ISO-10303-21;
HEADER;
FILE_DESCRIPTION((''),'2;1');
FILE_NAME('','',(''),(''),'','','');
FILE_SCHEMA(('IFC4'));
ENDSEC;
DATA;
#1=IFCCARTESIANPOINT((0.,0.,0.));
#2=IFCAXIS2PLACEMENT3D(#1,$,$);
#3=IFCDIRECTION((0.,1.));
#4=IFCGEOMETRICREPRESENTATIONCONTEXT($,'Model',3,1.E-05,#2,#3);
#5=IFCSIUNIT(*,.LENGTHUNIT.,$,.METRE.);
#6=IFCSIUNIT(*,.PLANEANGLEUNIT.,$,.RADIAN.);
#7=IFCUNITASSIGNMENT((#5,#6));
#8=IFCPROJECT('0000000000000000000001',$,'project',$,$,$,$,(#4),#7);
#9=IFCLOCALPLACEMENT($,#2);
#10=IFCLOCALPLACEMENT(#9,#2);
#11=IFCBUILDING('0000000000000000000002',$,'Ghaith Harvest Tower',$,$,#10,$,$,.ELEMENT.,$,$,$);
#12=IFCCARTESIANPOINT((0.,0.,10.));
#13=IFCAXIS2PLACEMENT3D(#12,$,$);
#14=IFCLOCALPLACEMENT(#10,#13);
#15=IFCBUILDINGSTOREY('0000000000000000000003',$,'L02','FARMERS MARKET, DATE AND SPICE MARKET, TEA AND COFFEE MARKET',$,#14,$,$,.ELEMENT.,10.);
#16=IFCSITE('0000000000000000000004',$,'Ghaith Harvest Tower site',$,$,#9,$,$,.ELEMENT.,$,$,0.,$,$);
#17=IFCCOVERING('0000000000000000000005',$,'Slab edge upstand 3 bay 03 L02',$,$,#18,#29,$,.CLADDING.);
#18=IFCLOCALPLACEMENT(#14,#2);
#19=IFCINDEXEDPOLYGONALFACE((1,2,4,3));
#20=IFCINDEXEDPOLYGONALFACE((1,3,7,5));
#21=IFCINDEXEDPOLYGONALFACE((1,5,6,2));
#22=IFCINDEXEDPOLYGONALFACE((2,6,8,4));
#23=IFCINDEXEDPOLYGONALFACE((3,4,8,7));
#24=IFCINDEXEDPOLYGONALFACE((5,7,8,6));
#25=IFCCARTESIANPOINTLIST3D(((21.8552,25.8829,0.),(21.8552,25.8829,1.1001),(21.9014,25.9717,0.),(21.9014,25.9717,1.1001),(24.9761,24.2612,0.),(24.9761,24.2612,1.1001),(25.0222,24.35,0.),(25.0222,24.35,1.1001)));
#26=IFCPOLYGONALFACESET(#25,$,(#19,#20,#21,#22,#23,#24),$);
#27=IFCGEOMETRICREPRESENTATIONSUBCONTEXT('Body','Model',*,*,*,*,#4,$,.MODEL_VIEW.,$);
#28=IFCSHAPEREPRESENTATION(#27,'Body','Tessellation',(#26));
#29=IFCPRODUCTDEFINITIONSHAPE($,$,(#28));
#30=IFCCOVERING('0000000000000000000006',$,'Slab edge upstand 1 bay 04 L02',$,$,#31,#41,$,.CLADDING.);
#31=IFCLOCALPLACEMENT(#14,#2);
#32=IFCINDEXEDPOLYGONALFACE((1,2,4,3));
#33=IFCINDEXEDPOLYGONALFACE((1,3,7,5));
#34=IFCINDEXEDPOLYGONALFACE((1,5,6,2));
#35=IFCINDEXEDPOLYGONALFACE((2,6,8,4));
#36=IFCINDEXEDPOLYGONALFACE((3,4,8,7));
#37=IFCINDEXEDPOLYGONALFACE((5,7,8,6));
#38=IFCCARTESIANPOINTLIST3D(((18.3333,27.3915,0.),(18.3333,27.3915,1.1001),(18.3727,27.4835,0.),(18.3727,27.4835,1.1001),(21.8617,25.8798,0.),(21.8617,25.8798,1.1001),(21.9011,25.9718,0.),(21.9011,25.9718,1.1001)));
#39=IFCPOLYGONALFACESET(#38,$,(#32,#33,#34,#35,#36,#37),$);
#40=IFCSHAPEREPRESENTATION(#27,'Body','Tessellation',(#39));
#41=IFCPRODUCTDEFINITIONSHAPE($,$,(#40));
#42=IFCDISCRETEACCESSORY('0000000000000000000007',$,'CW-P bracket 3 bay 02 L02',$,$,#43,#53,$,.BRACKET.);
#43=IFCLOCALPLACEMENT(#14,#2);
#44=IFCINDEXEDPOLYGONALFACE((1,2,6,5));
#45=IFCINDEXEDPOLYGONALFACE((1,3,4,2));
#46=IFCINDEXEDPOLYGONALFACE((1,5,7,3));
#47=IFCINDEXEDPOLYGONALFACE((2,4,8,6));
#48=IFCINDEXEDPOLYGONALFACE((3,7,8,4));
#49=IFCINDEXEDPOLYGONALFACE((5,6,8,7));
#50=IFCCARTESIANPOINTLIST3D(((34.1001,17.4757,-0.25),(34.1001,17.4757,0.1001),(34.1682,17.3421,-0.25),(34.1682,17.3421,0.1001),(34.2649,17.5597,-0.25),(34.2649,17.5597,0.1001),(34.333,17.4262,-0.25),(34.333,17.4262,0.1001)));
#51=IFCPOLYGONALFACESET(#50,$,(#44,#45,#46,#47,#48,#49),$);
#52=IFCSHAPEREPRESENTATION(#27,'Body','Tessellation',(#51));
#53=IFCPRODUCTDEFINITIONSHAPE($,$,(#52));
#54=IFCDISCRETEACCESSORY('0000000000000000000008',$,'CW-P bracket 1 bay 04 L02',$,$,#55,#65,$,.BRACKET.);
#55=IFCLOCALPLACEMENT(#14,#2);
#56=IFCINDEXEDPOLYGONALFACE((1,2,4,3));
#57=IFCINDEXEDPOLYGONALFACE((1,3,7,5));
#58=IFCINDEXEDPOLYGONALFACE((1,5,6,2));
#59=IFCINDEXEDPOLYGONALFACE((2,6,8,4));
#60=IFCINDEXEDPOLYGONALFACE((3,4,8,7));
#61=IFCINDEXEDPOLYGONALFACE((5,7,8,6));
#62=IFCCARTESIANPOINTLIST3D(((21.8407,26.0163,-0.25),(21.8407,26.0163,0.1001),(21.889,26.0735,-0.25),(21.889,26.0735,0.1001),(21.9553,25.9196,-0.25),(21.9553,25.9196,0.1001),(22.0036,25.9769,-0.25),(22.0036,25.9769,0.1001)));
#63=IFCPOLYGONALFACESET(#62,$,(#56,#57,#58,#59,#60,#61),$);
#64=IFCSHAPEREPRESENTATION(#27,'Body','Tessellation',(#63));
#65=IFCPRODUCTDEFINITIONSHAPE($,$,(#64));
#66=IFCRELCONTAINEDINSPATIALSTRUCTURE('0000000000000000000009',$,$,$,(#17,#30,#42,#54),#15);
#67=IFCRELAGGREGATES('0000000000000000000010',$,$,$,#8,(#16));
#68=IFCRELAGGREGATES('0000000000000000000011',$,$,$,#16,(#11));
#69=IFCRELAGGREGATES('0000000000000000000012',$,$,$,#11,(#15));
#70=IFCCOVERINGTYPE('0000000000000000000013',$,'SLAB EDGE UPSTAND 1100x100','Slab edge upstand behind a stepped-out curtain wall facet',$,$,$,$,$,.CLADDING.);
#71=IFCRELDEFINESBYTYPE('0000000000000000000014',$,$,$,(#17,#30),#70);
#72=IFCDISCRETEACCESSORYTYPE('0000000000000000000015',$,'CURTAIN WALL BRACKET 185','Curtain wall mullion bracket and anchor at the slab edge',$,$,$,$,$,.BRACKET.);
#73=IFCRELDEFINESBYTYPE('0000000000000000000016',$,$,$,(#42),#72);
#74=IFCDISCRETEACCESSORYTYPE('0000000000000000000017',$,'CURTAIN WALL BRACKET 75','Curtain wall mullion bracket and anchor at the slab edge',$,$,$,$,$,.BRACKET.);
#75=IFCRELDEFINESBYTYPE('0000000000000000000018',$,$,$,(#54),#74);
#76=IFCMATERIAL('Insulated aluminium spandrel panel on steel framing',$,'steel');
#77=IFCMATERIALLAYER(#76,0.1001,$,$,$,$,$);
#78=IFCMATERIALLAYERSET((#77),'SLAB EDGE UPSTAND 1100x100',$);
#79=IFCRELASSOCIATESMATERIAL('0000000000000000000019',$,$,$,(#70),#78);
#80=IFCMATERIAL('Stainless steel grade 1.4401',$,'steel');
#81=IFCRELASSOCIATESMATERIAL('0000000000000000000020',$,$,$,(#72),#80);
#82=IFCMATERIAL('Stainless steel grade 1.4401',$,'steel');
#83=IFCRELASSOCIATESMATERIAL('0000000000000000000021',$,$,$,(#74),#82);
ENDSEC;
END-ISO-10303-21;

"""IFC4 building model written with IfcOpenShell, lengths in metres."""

from ifc_helpers import new_model, si_unit, direction, frame, origin, origin_2d, place, context, subcontext, project, spatial, rectangle, extrude, material, layer, layer_set, type_object, element, save


model = new_model("IFC4")

# Units and contexts
model_context = context("Model", 3, precision=1e-05, world=origin(), true_north=direction((0.0, 1.0)))
body_context = subcontext(model_context, "Body", "Model", "MODEL_VIEW")
ifc_project = project(units=[si_unit("LENGTHUNIT", "METRE"), si_unit("PLANEANGLEUNIT", "RADIAN")], contexts=[model_context])

# Site, building, storey
site_placement = place(None, origin())
site = spatial("IfcSite", under=ifc_project, at=site_placement, Name="Ghaith Harvest Tower site", CompositionType="ELEMENT", RefElevation=0.0)
building_placement = place(site_placement, origin())
building = spatial("IfcBuilding", under=site, at=building_placement, Name="Ghaith Harvest Tower", CompositionType="ELEMENT")
storey_placement = place(building_placement, frame((0.0, 0.0, 10.0)))
storey = spatial("IfcBuildingStorey", under=building, at=storey_placement, Name="L02", Description="FARMERS MARKET, DATE AND SPICE MARKET, TEA AND COFFEE MARKET", CompositionType="ELEMENT", Elevation=10.0)

# Coverings
ifc_material_1 = material(Name="Insulated aluminium spandrel panel on steel framing", Category="steel")
ifc_layer_1 = layer(ifc_material_1, 0.1001)
ifc_layer_set_1 = layer_set([ifc_layer_1], Name="SLAB EDGE UPSTAND 1100x100")
covering_type = type_object("IfcCoveringType", Name="SLAB EDGE UPSTAND 1100x100", Description="Slab edge upstand behind a stepped-out curtain wall facet", PredefinedType="CLADDING", material=ifc_layer_set_1)
covering_1_placement = place(storey_placement, frame((23.4387, 25.1165, 0.0), z_axis=(0.0, 0.0, 1.0), x_axis=(-0.887346, 0.461103, 0.0)))
element("IfcCovering", 1, at=covering_1_placement, inside=storey, type_object=covering_type, Name="Slab edge upstand 3 bay 03 L02", PredefinedType="CLADDING", context=body_context, shape_type="SweptSolid", body=[
    extrude(rectangle(XDim=3.5171, YDim=0.1001, at=origin_2d()), origin(), (0.0, 0.0, 1.0), 1.1001),
])
covering_2_placement = place(storey_placement, frame((20.1172, 26.6816, 0.0), z_axis=(0.0, 0.0, 1.0), x_axis=(-0.919191, 0.393813, 0.0)))
element("IfcCovering", 2, at=covering_2_placement, inside=storey, type_object=covering_type, Name="Slab edge upstand 1 bay 04 L02", PredefinedType="CLADDING", context=body_context, shape_type="SweptSolid", body=[
    extrude(rectangle(XDim=3.8386, YDim=0.1001, at=origin_2d()), origin(), (0.0, 0.0, 1.0), 1.1001),
])

# Discrete accessories
ifc_material_2 = material(Name="Stainless steel grade 1.4401", Category="steel")
discrete_accessory_type_1 = type_object("IfcDiscreteAccessoryType", Name="CURTAIN WALL BRACKET 185", Description="Curtain wall mullion bracket and anchor at the slab edge", PredefinedType="BRACKET", material=ifc_material_2)
discrete_accessory_1_placement = place(storey_placement, frame((34.2166, 17.4509, -0.25), z_axis=(0.0, 0.0, 1.0), x_axis=(0.890831, 0.454335, 0.0)))
element("IfcDiscreteAccessory", 3, at=discrete_accessory_1_placement, inside=storey, type_object=discrete_accessory_type_1, Name="CW-P bracket 3 bay 02 L02", PredefinedType="BRACKET", context=body_context, shape_type="SweptSolid", body=[
    extrude(rectangle(XDim=0.1851, YDim=0.1499, at=origin_2d()), origin(), (0.0, 0.0, 1.0), 0.3501),
])
ifc_material_3 = material(Name="Stainless steel grade 1.4401", Category="steel")
discrete_accessory_type_2 = type_object("IfcDiscreteAccessoryType", Name="CURTAIN WALL BRACKET 75", Description="Curtain wall mullion bracket and anchor at the slab edge", PredefinedType="BRACKET", material=ifc_material_3)
discrete_accessory_2_placement = place(storey_placement, frame((21.9221, 25.9966, -0.25), z_axis=(0.0, 0.0, 1.0), x_axis=(0.644657, 0.764472, 0.0)))
element("IfcDiscreteAccessory", 4, at=discrete_accessory_2_placement, inside=storey, type_object=discrete_accessory_type_2, Name="CW-P bracket 1 bay 04 L02", PredefinedType="BRACKET", context=body_context, shape_type="SweptSolid", body=[
    extrude(rectangle(XDim=0.075, YDim=0.1499, at=origin_2d()), origin(), (0.0, 0.0, 1.0), 0.3501),
])

save(model, "model.ifc")
